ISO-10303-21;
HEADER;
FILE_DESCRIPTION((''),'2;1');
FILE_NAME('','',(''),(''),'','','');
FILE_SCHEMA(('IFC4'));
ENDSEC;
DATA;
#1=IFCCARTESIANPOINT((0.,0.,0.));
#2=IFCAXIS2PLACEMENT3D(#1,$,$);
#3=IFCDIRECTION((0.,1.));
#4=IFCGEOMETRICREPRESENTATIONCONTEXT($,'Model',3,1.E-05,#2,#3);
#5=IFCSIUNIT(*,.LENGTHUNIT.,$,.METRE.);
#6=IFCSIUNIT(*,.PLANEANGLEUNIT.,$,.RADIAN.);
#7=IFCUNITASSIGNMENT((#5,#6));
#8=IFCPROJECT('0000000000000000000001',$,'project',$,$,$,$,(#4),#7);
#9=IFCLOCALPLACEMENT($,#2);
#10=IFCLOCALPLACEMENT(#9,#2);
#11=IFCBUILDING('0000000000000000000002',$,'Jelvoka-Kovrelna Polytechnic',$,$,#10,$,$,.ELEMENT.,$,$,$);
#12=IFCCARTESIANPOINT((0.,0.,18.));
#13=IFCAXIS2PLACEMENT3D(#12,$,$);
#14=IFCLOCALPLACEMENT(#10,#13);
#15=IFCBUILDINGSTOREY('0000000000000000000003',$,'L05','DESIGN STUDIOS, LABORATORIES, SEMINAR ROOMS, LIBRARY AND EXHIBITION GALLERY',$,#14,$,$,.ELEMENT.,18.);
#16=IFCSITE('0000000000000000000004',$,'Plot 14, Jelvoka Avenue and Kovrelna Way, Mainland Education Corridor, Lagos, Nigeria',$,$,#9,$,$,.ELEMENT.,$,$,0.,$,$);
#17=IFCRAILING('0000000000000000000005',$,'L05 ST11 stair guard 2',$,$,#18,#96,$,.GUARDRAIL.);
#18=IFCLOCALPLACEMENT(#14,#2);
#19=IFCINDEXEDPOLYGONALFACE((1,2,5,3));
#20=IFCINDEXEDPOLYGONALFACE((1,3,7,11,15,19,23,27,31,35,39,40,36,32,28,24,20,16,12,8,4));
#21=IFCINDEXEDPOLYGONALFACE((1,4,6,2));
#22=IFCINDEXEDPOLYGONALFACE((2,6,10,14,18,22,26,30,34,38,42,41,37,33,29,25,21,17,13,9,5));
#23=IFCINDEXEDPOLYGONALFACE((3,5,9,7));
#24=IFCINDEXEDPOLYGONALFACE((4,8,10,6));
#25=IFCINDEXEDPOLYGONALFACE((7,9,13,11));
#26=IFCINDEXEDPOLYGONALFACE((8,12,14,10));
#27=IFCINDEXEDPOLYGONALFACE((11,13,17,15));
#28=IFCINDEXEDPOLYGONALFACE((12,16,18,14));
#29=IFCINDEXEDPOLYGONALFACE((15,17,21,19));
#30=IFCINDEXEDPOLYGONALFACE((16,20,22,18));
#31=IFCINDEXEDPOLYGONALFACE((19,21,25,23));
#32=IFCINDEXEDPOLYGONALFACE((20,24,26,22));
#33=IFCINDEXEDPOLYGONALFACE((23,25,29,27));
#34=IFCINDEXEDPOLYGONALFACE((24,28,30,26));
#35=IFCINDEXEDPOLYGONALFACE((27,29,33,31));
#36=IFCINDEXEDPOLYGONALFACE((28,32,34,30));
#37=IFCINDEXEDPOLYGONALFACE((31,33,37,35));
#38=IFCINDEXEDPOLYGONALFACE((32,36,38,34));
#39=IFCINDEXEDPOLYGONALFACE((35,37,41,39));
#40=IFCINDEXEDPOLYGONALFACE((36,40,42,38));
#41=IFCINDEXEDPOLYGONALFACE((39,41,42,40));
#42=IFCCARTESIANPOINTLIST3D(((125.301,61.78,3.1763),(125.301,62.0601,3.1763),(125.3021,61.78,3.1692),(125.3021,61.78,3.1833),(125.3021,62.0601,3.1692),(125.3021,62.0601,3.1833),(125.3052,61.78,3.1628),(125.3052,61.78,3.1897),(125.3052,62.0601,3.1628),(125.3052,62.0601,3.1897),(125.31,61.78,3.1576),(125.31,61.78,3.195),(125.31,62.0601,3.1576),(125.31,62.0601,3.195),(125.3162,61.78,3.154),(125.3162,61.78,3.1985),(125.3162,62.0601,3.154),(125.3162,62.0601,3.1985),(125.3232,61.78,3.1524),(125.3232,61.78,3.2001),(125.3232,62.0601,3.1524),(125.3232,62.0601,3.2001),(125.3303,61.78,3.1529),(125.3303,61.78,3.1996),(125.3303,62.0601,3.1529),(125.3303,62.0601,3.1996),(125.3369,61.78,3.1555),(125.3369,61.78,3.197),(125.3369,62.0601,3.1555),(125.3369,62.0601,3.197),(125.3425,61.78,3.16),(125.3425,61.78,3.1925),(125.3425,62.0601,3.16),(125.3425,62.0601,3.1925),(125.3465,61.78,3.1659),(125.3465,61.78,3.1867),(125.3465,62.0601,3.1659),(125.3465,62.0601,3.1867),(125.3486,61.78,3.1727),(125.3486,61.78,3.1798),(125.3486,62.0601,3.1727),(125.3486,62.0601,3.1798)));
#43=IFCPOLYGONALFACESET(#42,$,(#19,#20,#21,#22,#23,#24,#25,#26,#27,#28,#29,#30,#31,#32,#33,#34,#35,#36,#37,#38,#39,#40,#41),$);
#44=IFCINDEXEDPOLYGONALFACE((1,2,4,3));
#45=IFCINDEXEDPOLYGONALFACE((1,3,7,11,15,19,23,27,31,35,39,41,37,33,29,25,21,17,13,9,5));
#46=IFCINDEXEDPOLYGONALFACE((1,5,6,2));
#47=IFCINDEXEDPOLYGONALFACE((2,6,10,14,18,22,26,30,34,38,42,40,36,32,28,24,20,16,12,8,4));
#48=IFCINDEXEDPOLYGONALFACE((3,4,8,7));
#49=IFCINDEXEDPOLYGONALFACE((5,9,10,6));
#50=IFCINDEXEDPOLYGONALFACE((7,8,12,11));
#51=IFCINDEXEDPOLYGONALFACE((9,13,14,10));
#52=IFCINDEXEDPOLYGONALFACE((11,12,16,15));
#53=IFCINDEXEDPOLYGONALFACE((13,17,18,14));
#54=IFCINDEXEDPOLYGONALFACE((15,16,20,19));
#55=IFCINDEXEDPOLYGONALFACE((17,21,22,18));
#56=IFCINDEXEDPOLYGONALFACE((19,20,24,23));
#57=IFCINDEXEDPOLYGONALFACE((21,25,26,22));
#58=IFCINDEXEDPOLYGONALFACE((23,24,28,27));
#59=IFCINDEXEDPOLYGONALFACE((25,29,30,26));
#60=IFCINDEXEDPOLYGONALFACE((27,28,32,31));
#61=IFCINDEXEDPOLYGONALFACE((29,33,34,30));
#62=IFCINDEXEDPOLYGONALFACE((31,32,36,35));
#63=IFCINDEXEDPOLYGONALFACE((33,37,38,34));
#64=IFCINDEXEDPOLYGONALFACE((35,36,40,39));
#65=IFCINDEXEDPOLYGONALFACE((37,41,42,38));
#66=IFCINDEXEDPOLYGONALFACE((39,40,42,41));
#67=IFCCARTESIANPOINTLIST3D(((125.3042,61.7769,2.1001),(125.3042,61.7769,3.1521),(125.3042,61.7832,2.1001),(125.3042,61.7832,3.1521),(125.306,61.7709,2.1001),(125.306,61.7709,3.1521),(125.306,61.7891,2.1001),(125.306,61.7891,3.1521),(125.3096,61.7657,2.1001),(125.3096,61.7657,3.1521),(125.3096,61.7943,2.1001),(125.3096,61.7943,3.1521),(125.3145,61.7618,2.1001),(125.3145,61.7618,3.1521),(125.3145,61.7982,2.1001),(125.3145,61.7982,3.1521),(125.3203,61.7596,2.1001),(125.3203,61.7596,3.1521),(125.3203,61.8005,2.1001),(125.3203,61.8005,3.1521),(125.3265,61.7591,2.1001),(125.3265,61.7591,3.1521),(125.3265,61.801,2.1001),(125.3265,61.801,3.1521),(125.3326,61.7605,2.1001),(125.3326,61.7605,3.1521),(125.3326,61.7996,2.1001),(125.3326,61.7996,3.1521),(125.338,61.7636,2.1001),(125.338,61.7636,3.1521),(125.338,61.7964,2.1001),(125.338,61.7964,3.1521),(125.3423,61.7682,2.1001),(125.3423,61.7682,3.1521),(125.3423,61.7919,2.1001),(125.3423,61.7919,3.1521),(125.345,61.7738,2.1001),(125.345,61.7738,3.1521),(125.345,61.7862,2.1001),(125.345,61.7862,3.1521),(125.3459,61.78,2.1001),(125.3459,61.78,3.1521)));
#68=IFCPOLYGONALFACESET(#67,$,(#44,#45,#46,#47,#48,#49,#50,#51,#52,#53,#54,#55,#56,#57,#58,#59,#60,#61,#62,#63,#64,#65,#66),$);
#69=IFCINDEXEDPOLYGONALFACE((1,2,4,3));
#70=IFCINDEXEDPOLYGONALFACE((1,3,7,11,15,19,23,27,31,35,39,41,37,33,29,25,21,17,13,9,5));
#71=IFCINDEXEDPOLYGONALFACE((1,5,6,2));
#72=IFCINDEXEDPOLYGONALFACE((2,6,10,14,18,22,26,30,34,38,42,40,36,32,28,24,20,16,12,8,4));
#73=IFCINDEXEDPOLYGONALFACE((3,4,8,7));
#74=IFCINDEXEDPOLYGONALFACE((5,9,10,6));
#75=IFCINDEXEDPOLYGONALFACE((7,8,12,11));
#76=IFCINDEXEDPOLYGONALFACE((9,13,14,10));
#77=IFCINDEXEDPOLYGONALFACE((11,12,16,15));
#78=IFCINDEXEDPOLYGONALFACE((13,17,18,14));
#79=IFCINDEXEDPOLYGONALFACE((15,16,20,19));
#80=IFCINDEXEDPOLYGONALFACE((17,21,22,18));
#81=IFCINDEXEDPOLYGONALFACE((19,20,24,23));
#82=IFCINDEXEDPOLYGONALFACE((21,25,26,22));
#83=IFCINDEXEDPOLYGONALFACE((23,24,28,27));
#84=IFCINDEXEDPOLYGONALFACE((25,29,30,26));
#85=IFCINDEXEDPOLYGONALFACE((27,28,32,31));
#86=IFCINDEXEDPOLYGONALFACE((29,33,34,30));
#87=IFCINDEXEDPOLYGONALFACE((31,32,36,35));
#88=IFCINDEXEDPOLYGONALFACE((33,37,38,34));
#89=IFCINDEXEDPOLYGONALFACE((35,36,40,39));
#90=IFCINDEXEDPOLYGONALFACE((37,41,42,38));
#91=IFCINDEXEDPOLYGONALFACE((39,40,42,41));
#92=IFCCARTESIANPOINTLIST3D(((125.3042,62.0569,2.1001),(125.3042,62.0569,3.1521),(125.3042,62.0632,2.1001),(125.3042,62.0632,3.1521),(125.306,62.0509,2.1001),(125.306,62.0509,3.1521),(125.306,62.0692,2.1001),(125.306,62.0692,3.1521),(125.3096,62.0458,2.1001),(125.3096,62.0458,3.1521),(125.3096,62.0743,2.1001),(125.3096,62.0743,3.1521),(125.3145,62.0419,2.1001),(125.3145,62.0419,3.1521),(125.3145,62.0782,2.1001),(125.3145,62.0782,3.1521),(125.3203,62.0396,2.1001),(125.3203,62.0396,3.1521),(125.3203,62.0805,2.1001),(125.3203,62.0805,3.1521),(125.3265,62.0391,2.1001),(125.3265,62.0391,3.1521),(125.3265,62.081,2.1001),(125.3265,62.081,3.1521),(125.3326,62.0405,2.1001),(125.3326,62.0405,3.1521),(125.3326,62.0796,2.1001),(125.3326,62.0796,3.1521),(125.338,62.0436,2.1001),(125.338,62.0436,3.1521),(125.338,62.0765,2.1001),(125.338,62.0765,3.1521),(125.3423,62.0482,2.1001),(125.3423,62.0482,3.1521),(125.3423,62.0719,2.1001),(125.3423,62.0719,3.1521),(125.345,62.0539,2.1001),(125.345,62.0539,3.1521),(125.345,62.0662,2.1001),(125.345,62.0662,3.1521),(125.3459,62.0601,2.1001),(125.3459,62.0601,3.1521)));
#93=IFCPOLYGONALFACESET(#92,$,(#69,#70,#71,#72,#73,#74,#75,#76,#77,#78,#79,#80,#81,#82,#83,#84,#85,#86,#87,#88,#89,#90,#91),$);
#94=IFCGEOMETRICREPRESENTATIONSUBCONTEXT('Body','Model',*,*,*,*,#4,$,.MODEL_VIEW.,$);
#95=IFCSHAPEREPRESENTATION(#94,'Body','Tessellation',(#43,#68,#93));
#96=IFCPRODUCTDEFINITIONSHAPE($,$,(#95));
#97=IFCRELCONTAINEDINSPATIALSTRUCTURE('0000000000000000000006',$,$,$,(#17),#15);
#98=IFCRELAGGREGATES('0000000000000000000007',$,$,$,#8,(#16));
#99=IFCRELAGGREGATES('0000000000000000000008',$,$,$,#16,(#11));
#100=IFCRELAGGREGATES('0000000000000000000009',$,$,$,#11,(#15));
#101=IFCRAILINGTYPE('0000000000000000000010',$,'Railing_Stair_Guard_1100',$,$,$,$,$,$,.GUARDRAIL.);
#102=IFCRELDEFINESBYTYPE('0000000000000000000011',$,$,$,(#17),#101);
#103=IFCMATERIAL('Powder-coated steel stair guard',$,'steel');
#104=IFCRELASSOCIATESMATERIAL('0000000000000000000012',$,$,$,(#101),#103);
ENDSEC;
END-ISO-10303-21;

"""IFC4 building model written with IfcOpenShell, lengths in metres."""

from ifc_helpers import new_model, si_unit, direction, frame, origin, origin_2d, place, context, subcontext, project, spatial, circle, extrude, material, type_object, element, save


model = new_model("IFC4")

# Units and contexts
model_context = context("Model", 3, precision=1e-05, world=origin(), true_north=direction((0.0, 1.0)))
body_context = subcontext(model_context, "Body", "Model", "MODEL_VIEW")
ifc_project = project(units=[si_unit("LENGTHUNIT", "METRE"), si_unit("PLANEANGLEUNIT", "RADIAN")], contexts=[model_context])

# Site, building, storey
site_placement = place(None, origin())
site = spatial("IfcSite", under=ifc_project, at=site_placement, Name="Plot 14, Jelvoka Avenue and Kovrelna Way, Mainland Education Corridor, Lagos, Nigeria", CompositionType="ELEMENT", RefElevation=0.0)
building_placement = place(site_placement, origin())
building = spatial("IfcBuilding", under=site, at=building_placement, Name="Jelvoka-Kovrelna Polytechnic", CompositionType="ELEMENT")
storey_placement = place(building_placement, frame((0.0, 0.0, 18.0)))
storey = spatial("IfcBuildingStorey", under=building, at=storey_placement, Name="L05", Description="DESIGN STUDIOS, LABORATORIES, SEMINAR ROOMS, LIBRARY AND EXHIBITION GALLERY", CompositionType="ELEMENT", Elevation=18.0)

# Railing
ifc_material_1 = material(Name="Powder-coated steel stair guard", Category="steel")
railing_type_1 = type_object("IfcRailingType", Name="Railing_Stair_Guard_1100", PredefinedType="GUARDRAIL", material=ifc_material_1)
railing_1_placement = place(storey_placement, frame((125.325, 61.78, 2.1001)))
element("IfcRailing", 1, at=railing_1_placement, inside=storey, type_object=railing_type_1, Name="L05 ST11 stair guard 2", PredefinedType="GUARDRAIL", context=body_context, shape_type="SweptSolid", body=[
    extrude(circle(Radius=0.0239, at=origin_2d()), frame((0.0, 0.0, 1.0762), z_axis=(0.0, 1.0, 0.0), x_axis=(-1.0, 0.0, 0.0)), (0.0, 0.0, 1.0), 0.28),
    extrude(circle(Radius=0.021, at=origin_2d()), origin(), (0.0, 0.0, 1.0), 1.052),
    extrude(circle(Radius=0.021, at=origin_2d()), frame((0.0, 0.28, 0.0)), (0.0, 0.0, 1.0), 1.052),
])

save(model, "model.ifc")
